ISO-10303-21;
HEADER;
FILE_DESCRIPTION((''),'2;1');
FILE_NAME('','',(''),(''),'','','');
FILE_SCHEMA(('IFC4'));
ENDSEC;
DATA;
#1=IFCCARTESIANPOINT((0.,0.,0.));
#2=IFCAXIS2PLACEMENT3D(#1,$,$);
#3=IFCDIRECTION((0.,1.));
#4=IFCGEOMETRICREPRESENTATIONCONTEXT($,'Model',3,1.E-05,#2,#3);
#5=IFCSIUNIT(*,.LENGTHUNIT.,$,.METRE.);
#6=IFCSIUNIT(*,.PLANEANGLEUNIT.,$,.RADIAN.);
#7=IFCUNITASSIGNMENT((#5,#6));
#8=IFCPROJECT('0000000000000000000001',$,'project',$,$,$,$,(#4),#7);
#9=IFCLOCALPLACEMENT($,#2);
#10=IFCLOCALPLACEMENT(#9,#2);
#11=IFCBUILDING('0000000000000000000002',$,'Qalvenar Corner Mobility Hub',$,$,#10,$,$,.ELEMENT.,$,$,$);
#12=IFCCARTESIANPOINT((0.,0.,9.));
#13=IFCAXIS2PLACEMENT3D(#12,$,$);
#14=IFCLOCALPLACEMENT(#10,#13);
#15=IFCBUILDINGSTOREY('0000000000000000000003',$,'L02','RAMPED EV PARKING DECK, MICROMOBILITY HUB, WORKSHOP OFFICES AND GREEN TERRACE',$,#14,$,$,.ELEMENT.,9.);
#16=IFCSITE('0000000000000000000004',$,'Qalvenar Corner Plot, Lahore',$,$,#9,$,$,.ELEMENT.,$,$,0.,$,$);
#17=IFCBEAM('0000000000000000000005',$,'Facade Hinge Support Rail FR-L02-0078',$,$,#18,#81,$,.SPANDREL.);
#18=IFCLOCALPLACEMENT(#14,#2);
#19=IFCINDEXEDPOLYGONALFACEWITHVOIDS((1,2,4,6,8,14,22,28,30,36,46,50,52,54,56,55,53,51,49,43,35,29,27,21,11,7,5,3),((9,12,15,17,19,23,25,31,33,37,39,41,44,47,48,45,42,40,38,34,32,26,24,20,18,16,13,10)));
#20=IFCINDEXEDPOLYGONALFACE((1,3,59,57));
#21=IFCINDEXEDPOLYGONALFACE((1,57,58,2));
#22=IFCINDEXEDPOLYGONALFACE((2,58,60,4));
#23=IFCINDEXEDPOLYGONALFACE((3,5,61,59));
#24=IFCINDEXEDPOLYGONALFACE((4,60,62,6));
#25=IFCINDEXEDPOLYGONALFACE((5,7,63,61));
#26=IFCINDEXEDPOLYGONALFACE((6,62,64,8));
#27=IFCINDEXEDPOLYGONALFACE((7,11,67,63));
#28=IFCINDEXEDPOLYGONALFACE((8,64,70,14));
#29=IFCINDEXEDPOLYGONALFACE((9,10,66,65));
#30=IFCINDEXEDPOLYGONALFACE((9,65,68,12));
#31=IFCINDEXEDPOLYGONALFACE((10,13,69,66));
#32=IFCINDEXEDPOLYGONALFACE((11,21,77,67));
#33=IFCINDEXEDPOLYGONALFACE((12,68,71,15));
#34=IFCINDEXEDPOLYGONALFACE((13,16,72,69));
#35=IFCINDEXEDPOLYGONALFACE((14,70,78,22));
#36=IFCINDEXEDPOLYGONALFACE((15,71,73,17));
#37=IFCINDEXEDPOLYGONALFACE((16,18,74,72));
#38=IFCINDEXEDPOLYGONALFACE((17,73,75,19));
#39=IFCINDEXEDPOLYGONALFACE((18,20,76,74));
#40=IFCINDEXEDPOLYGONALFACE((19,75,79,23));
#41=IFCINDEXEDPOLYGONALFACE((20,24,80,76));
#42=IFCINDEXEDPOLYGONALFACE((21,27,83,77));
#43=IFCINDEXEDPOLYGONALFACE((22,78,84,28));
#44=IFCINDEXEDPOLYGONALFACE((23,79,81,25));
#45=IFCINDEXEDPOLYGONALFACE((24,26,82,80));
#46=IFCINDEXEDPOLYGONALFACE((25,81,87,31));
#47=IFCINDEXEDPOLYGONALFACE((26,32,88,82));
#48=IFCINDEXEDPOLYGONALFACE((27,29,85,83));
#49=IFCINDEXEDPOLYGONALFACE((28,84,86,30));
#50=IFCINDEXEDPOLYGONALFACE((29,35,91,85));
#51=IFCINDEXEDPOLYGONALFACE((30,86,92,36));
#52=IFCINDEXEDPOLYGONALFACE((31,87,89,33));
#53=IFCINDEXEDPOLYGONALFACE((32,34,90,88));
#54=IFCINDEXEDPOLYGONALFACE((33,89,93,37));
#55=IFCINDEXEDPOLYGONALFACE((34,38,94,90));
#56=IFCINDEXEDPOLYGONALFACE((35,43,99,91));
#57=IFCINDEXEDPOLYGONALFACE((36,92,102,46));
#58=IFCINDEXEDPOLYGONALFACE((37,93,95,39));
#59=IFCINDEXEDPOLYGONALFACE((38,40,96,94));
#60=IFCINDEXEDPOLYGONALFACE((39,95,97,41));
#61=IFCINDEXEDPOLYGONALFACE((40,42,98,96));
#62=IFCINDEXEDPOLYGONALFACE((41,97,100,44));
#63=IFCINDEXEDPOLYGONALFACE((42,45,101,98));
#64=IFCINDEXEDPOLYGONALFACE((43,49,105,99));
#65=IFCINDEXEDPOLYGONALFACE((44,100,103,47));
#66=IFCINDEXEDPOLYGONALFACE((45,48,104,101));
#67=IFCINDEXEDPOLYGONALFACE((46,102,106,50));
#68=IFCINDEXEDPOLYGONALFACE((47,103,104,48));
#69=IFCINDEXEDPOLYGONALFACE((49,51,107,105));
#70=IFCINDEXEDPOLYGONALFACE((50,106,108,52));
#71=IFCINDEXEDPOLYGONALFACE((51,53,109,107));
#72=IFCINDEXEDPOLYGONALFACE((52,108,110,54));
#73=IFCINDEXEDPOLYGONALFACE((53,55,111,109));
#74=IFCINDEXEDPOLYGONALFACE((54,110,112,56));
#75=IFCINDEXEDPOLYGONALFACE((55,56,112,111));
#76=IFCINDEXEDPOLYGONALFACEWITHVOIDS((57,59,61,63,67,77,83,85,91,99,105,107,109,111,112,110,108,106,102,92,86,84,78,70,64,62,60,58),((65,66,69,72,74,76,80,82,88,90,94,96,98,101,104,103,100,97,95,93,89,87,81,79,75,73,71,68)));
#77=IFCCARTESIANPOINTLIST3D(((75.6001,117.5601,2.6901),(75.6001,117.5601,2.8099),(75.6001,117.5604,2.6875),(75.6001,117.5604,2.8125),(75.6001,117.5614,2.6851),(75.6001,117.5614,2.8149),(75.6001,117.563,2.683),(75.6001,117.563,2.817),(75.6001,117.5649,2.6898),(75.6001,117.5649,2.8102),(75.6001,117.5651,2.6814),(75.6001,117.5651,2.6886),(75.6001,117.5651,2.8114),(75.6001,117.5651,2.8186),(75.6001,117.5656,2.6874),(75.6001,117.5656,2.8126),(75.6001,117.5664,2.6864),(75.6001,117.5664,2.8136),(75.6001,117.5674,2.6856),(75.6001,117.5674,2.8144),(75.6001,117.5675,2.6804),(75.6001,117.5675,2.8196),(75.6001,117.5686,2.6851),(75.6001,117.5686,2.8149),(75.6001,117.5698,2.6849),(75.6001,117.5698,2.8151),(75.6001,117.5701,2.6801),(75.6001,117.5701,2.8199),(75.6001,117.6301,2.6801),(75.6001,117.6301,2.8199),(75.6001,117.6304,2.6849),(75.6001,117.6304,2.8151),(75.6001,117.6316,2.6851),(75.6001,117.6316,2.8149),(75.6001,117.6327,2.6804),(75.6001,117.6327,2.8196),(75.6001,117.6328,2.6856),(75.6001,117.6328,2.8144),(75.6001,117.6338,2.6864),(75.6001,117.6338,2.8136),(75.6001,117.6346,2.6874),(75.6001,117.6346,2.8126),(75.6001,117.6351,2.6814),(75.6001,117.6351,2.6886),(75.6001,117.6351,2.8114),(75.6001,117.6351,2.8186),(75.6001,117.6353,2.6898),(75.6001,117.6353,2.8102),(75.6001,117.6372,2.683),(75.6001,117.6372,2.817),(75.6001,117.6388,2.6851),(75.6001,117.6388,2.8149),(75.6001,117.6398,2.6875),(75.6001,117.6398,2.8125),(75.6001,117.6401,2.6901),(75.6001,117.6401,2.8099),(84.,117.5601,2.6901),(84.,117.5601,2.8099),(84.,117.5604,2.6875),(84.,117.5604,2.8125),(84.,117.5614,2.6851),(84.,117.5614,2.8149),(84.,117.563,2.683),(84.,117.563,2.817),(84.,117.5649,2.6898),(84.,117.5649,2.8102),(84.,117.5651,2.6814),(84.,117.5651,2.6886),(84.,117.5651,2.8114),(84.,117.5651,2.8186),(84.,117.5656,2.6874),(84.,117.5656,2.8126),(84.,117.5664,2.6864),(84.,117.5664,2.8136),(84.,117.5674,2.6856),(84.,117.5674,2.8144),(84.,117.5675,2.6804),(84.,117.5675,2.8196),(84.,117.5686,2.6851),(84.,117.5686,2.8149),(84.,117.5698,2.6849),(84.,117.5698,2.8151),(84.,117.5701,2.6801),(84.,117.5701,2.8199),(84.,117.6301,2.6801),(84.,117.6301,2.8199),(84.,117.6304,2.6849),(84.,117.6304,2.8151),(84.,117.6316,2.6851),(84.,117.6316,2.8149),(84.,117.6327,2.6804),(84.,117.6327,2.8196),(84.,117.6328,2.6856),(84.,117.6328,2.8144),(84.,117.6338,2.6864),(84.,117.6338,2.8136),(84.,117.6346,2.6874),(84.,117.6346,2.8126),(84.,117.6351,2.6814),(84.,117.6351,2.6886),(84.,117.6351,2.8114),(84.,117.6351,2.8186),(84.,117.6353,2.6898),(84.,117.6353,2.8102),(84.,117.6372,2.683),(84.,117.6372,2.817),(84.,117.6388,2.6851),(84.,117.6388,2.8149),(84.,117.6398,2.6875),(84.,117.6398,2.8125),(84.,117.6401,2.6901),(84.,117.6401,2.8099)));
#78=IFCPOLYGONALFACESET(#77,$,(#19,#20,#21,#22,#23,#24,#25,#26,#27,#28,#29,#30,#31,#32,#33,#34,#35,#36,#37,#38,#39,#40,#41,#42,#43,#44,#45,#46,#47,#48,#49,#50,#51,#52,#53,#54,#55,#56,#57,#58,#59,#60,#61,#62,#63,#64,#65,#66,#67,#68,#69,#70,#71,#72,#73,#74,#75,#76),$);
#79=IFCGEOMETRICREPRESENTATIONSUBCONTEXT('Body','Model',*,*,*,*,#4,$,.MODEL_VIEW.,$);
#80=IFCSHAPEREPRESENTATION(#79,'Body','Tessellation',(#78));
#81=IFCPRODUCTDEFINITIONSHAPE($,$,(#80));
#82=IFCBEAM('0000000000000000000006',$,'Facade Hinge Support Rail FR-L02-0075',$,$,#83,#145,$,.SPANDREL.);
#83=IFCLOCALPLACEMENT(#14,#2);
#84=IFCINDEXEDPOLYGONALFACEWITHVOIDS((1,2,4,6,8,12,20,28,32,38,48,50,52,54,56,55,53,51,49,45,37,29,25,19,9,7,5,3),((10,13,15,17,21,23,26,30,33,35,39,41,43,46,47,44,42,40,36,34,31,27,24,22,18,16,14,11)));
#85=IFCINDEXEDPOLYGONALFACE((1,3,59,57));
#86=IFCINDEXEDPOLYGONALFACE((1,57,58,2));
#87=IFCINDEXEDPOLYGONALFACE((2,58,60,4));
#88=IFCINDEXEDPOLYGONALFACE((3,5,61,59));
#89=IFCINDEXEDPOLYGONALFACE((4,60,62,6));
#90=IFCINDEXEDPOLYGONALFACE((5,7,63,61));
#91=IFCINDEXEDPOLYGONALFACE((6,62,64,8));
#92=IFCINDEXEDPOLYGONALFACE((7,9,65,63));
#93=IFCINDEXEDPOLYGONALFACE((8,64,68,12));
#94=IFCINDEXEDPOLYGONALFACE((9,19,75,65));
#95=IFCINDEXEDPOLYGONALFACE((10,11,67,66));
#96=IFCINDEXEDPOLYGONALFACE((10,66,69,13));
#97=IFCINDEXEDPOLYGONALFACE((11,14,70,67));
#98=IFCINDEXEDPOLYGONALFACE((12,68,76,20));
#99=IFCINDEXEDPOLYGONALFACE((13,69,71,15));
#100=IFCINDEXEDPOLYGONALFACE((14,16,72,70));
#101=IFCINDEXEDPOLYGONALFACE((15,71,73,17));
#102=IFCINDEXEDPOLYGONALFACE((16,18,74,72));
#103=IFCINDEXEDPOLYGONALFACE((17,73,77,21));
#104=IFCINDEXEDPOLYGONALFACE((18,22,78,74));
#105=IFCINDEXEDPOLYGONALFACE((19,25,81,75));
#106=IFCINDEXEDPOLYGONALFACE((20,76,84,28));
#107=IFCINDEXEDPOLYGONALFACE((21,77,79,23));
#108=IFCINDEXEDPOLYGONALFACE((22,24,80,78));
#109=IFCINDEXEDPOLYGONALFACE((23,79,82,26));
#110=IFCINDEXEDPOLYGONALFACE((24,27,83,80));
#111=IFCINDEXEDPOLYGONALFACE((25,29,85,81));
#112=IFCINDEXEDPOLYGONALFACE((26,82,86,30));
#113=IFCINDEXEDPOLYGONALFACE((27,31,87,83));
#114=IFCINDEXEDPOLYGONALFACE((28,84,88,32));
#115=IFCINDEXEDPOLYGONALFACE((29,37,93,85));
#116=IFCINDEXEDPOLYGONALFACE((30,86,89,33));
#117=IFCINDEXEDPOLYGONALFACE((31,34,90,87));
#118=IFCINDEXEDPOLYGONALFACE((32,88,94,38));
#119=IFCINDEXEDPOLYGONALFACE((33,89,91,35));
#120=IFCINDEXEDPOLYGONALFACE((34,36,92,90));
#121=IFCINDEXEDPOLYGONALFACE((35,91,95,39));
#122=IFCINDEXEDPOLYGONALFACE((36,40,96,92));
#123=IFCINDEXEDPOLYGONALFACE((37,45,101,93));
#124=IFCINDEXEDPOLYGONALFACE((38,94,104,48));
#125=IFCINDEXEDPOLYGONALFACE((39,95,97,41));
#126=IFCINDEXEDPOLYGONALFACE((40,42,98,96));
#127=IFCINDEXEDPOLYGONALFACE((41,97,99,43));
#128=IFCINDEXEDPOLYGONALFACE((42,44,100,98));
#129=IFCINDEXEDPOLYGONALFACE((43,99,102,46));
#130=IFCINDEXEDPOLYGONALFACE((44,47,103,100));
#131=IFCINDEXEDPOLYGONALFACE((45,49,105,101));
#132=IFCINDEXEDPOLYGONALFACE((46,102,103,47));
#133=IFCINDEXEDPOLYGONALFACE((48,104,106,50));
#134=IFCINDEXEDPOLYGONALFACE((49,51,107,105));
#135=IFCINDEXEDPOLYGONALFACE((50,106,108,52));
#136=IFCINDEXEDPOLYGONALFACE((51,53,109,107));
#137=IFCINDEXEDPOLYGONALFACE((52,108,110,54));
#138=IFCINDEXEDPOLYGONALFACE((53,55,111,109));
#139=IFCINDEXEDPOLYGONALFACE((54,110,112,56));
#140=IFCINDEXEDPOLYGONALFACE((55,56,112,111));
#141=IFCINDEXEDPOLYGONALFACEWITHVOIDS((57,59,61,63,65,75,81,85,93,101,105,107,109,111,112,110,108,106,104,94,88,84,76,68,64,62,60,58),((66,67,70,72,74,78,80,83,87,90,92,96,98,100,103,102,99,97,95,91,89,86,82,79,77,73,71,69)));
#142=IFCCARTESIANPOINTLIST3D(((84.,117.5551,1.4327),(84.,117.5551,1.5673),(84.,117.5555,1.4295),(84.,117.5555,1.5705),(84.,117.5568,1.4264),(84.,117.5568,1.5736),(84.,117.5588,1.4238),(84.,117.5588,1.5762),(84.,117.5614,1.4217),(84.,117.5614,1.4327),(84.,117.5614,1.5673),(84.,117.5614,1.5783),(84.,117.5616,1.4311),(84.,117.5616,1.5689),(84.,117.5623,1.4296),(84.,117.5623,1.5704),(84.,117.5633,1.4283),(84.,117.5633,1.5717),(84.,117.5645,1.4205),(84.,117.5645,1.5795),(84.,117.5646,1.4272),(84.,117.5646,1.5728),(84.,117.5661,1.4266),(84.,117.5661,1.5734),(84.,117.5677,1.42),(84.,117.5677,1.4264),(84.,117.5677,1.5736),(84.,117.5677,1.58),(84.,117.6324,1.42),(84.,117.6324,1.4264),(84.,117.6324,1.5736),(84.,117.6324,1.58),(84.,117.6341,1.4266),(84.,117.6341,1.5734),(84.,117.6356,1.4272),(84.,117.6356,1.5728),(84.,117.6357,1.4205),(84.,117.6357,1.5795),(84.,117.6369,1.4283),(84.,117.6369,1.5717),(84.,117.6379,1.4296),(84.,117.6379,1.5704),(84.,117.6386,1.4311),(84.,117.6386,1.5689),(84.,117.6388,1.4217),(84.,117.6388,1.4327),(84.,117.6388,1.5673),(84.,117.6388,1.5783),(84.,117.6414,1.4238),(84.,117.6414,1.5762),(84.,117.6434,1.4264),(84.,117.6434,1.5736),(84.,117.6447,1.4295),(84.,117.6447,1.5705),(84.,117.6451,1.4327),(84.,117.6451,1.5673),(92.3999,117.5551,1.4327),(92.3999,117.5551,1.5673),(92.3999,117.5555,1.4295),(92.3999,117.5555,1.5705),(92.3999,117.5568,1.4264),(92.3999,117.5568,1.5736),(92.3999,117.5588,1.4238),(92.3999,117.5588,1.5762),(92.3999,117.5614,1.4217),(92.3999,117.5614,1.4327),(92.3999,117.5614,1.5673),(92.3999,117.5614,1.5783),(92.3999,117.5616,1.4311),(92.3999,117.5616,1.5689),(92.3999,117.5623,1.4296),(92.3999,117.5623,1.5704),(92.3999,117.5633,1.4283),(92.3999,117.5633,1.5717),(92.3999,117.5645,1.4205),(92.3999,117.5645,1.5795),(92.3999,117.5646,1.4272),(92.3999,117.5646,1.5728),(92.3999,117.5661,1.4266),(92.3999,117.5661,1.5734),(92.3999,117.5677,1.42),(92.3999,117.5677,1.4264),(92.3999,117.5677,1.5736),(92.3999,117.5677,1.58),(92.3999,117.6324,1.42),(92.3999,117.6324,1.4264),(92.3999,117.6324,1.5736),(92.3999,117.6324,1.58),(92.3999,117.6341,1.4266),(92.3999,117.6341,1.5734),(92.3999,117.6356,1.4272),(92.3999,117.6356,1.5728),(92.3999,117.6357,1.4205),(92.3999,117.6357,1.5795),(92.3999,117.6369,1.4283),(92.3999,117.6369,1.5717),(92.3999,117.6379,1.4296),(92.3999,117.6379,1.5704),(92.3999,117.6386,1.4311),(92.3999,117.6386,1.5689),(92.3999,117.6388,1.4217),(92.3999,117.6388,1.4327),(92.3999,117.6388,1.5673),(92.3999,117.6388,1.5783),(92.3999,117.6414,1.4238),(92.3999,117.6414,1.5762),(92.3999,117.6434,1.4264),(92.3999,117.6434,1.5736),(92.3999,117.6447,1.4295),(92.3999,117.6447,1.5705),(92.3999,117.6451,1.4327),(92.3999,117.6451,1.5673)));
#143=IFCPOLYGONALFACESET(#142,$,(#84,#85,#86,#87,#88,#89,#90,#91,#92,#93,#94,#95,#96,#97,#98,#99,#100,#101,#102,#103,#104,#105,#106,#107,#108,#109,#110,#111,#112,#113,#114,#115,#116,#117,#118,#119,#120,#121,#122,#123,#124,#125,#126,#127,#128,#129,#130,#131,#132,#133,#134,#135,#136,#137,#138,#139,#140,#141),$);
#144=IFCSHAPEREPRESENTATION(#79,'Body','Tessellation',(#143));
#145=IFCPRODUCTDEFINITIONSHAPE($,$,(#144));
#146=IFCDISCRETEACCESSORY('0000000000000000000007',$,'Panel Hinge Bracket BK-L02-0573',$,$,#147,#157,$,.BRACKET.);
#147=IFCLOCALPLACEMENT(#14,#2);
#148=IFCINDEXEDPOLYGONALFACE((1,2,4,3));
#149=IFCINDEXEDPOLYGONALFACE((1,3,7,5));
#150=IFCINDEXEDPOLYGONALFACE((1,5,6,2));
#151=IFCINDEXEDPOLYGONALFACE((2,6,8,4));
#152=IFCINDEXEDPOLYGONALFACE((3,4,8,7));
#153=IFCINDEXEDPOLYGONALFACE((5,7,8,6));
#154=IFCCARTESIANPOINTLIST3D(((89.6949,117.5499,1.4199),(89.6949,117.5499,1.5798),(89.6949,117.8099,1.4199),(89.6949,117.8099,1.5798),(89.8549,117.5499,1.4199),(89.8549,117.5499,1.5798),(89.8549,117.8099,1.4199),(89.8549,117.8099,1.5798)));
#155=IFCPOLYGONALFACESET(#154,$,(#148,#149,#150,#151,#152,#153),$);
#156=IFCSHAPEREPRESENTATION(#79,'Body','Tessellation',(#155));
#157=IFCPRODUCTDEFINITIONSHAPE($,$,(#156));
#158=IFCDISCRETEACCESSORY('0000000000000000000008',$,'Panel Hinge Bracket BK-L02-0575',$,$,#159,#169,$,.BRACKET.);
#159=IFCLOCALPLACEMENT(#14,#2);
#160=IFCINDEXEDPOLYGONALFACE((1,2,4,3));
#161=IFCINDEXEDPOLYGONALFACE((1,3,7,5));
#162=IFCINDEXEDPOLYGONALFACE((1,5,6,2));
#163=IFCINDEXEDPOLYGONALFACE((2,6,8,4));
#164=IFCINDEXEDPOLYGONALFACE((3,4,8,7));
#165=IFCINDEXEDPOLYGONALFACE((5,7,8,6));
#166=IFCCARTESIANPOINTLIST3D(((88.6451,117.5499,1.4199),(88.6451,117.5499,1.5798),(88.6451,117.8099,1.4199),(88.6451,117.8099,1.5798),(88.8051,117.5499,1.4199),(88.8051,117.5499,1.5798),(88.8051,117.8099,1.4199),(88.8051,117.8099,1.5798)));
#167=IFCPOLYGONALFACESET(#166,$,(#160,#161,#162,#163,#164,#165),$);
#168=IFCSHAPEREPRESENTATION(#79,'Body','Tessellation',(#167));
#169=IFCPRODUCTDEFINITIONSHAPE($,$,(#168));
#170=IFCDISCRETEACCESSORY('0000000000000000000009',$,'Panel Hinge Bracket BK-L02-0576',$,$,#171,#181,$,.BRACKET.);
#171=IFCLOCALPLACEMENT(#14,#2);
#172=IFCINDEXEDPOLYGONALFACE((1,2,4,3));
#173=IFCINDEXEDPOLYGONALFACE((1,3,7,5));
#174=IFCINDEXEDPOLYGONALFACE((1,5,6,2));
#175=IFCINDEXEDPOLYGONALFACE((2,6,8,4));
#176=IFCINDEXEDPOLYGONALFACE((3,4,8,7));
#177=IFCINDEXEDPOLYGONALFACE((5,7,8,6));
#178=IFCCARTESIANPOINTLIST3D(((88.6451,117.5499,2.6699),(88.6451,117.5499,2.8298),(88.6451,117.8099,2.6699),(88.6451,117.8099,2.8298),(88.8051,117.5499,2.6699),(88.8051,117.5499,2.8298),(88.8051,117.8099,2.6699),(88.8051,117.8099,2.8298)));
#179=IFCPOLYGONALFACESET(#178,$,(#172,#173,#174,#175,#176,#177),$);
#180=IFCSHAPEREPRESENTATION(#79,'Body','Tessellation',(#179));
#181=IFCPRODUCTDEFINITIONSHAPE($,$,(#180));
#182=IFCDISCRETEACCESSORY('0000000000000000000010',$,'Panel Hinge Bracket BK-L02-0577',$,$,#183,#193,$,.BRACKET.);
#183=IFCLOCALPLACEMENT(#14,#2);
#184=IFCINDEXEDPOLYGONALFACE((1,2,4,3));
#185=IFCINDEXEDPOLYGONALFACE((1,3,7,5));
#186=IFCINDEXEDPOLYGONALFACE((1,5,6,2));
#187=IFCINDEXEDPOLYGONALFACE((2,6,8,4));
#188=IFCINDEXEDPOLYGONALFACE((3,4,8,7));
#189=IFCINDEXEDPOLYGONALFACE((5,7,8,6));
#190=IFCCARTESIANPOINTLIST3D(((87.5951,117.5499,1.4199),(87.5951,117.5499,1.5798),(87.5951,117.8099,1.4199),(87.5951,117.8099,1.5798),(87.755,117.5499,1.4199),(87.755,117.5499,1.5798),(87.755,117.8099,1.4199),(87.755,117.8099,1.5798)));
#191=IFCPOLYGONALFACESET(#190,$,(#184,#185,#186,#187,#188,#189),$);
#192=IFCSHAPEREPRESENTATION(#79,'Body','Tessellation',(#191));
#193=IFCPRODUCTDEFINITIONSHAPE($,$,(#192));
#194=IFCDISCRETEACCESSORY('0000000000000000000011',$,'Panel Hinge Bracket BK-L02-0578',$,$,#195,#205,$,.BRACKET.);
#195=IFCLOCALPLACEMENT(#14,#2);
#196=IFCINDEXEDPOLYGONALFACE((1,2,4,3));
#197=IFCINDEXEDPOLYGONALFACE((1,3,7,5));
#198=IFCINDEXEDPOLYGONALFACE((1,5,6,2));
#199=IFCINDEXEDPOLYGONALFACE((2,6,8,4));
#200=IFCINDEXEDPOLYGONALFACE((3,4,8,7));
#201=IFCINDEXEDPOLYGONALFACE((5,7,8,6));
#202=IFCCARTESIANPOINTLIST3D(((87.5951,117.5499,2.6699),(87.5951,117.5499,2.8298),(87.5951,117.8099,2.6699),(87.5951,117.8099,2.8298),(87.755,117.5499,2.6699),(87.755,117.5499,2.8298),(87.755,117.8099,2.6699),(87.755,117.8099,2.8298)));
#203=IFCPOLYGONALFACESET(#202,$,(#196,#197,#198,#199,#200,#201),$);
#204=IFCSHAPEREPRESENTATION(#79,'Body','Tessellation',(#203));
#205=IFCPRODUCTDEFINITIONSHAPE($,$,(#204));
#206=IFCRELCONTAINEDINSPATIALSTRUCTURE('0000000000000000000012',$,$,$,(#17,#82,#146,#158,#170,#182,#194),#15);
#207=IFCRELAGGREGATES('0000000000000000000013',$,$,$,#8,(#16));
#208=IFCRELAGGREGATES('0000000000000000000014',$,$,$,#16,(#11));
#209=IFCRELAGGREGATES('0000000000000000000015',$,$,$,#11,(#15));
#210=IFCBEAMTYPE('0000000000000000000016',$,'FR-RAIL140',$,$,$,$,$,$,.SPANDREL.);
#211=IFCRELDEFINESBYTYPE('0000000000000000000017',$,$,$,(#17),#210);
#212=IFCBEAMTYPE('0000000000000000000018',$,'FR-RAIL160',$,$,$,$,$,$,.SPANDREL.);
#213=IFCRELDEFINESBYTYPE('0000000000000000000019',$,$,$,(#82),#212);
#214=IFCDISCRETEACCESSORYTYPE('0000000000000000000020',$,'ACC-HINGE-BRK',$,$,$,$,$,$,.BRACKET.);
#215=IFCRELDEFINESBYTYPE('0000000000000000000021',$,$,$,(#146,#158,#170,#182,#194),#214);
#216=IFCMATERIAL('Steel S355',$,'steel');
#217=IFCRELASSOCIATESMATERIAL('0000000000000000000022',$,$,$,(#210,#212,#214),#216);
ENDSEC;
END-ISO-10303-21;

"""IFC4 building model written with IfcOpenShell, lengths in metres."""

from ifc_helpers import new_model, si_unit, direction, frame, origin, origin_2d, place, context, subcontext, project, spatial, rectangle, hollow_rectangle, extrude, material, material_profile, profile_set, type_object, element, save


model = new_model("IFC4")

# Units and contexts
model_context = context("Model", 3, precision=1e-05, world=origin(), true_north=direction((0.0, 1.0)))
body_context = subcontext(model_context, "Body", "Model", "MODEL_VIEW")
ifc_project = project(units=[si_unit("LENGTHUNIT", "METRE"), si_unit("PLANEANGLEUNIT", "RADIAN")], contexts=[model_context])

# Site, building, storey
site_placement = place(None, origin())
site = spatial("IfcSite", under=ifc_project, at=site_placement, Name="Qalvenar Corner Plot, Lahore", CompositionType="ELEMENT", RefElevation=0.0)
building_placement = place(site_placement, origin())
building = spatial("IfcBuilding", under=site, at=building_placement, Name="Qalvenar Corner Mobility Hub", CompositionType="ELEMENT")
storey_placement = place(building_placement, frame((0.0, 0.0, 9.0)))
storey = spatial("IfcBuildingStorey", under=building, at=storey_placement, Name="L02", Description="RAMPED EV PARKING DECK, MICROMOBILITY HUB, WORKSHOP OFFICES AND GREEN TERRACE", CompositionType="ELEMENT", Elevation=9.0)

# Shared definitions
ifc_material = material(Name="Steel S355", Category="steel")

# Beams
ifc_material_profile_1 = material_profile(ifc_material, hollow_rectangle(XDim=0.0801, YDim=0.1399, WallThickness=0.0049, InnerFilletRadius=0.0049, OuterFilletRadius=0.01, at=origin_2d()), Name="RHS140x80x5")
ifc_profile_set_1 = profile_set([ifc_material_profile_1], Name="Steel S355")
beam_type_1 = type_object("IfcBeamType", Name="FR-RAIL140", PredefinedType="SPANDREL", material=ifc_profile_set_1)
for number, where, z_axis, x_axis, name in (
    (1, (84.0, 117.6001, 2.75), (-1.0, 0.0, 0.0), (0.0, -1.0, 0.0), "Facade Hinge Support Rail FR-L02-0078"),
):
    element("IfcBeam", number, at=place(storey_placement, frame(where, z_axis=z_axis, x_axis=x_axis)), inside=storey, type_object=beam_type_1, Name=name, PredefinedType="SPANDREL", context=body_context, shape_type="SweptSolid", body=[
        extrude(hollow_rectangle(XDim=0.0801, YDim=0.1399, WallThickness=0.0049, InnerFilletRadius=0.0049, OuterFilletRadius=0.01, at=origin_2d()), origin(), (0.0, 0.0, 1.0), 8.3999),
    ])
ifc_material_profile_2 = material_profile(ifc_material, hollow_rectangle(XDim=0.0901, YDim=0.1599, WallThickness=0.0063, InnerFilletRadius=0.0063, OuterFilletRadius=0.0127, at=origin_2d()), Name="RHS160x90x6.3")
ifc_profile_set_2 = profile_set([ifc_material_profile_2], Name="Steel S355")
beam_type_2 = type_object("IfcBeamType", Name="FR-RAIL160", PredefinedType="SPANDREL", material=ifc_profile_set_2)
beam_1_placement = place(storey_placement, frame((92.3999, 117.6001, 1.5), z_axis=(-1.0, 0.0, 0.0), x_axis=(0.0, -1.0, 0.0)))
element("IfcBeam", 2, at=beam_1_placement, inside=storey, type_object=beam_type_2, Name="Facade Hinge Support Rail FR-L02-0075", PredefinedType="SPANDREL", context=body_context, shape_type="SweptSolid", body=[
    extrude(hollow_rectangle(XDim=0.0901, YDim=0.1599, WallThickness=0.0063, InnerFilletRadius=0.0063, OuterFilletRadius=0.0127, at=origin_2d()), origin(), (0.0, 0.0, 1.0), 8.3999),
])

# Discrete accessories
discrete_accessory_type = type_object("IfcDiscreteAccessoryType", Name="ACC-HINGE-BRK", PredefinedType="BRACKET", material=ifc_material)
for number, where, z_axis, x_axis, name in (
    (3, (89.7749, 117.6799, 1.4199), (0.0, 0.0, 1.0), (-1.0, 0.0, 0.0), "Panel Hinge Bracket BK-L02-0573"),
    (4, (88.7251, 117.6799, 1.4199), (0.0, 0.0, 1.0), (-1.0, 0.0, 0.0), "Panel Hinge Bracket BK-L02-0575"),
    (5, (88.7251, 117.6799, 2.6699), (0.0, 0.0, 1.0), (-1.0, 0.0, 0.0), "Panel Hinge Bracket BK-L02-0576"),
    (6, (87.675, 117.6799, 1.4199), (0.0, 0.0, 1.0), (-1.0, 0.0, 0.0), "Panel Hinge Bracket BK-L02-0577"),
    (7, (87.675, 117.6799, 2.6699), (0.0, 0.0, 1.0), (-1.0, 0.0, 0.0), "Panel Hinge Bracket BK-L02-0578"),
):
    element("IfcDiscreteAccessory", number, at=place(storey_placement, frame(where, z_axis=z_axis, x_axis=x_axis)), inside=storey, type_object=discrete_accessory_type, Name=name, PredefinedType="BRACKET", context=body_context, shape_type="SweptSolid", body=[
        extrude(rectangle(XDim=0.1599, YDim=0.26, at=origin_2d()), origin(), (0.0, 0.0, 1.0), 0.1599),
    ])

save(model, "model.ifc")
